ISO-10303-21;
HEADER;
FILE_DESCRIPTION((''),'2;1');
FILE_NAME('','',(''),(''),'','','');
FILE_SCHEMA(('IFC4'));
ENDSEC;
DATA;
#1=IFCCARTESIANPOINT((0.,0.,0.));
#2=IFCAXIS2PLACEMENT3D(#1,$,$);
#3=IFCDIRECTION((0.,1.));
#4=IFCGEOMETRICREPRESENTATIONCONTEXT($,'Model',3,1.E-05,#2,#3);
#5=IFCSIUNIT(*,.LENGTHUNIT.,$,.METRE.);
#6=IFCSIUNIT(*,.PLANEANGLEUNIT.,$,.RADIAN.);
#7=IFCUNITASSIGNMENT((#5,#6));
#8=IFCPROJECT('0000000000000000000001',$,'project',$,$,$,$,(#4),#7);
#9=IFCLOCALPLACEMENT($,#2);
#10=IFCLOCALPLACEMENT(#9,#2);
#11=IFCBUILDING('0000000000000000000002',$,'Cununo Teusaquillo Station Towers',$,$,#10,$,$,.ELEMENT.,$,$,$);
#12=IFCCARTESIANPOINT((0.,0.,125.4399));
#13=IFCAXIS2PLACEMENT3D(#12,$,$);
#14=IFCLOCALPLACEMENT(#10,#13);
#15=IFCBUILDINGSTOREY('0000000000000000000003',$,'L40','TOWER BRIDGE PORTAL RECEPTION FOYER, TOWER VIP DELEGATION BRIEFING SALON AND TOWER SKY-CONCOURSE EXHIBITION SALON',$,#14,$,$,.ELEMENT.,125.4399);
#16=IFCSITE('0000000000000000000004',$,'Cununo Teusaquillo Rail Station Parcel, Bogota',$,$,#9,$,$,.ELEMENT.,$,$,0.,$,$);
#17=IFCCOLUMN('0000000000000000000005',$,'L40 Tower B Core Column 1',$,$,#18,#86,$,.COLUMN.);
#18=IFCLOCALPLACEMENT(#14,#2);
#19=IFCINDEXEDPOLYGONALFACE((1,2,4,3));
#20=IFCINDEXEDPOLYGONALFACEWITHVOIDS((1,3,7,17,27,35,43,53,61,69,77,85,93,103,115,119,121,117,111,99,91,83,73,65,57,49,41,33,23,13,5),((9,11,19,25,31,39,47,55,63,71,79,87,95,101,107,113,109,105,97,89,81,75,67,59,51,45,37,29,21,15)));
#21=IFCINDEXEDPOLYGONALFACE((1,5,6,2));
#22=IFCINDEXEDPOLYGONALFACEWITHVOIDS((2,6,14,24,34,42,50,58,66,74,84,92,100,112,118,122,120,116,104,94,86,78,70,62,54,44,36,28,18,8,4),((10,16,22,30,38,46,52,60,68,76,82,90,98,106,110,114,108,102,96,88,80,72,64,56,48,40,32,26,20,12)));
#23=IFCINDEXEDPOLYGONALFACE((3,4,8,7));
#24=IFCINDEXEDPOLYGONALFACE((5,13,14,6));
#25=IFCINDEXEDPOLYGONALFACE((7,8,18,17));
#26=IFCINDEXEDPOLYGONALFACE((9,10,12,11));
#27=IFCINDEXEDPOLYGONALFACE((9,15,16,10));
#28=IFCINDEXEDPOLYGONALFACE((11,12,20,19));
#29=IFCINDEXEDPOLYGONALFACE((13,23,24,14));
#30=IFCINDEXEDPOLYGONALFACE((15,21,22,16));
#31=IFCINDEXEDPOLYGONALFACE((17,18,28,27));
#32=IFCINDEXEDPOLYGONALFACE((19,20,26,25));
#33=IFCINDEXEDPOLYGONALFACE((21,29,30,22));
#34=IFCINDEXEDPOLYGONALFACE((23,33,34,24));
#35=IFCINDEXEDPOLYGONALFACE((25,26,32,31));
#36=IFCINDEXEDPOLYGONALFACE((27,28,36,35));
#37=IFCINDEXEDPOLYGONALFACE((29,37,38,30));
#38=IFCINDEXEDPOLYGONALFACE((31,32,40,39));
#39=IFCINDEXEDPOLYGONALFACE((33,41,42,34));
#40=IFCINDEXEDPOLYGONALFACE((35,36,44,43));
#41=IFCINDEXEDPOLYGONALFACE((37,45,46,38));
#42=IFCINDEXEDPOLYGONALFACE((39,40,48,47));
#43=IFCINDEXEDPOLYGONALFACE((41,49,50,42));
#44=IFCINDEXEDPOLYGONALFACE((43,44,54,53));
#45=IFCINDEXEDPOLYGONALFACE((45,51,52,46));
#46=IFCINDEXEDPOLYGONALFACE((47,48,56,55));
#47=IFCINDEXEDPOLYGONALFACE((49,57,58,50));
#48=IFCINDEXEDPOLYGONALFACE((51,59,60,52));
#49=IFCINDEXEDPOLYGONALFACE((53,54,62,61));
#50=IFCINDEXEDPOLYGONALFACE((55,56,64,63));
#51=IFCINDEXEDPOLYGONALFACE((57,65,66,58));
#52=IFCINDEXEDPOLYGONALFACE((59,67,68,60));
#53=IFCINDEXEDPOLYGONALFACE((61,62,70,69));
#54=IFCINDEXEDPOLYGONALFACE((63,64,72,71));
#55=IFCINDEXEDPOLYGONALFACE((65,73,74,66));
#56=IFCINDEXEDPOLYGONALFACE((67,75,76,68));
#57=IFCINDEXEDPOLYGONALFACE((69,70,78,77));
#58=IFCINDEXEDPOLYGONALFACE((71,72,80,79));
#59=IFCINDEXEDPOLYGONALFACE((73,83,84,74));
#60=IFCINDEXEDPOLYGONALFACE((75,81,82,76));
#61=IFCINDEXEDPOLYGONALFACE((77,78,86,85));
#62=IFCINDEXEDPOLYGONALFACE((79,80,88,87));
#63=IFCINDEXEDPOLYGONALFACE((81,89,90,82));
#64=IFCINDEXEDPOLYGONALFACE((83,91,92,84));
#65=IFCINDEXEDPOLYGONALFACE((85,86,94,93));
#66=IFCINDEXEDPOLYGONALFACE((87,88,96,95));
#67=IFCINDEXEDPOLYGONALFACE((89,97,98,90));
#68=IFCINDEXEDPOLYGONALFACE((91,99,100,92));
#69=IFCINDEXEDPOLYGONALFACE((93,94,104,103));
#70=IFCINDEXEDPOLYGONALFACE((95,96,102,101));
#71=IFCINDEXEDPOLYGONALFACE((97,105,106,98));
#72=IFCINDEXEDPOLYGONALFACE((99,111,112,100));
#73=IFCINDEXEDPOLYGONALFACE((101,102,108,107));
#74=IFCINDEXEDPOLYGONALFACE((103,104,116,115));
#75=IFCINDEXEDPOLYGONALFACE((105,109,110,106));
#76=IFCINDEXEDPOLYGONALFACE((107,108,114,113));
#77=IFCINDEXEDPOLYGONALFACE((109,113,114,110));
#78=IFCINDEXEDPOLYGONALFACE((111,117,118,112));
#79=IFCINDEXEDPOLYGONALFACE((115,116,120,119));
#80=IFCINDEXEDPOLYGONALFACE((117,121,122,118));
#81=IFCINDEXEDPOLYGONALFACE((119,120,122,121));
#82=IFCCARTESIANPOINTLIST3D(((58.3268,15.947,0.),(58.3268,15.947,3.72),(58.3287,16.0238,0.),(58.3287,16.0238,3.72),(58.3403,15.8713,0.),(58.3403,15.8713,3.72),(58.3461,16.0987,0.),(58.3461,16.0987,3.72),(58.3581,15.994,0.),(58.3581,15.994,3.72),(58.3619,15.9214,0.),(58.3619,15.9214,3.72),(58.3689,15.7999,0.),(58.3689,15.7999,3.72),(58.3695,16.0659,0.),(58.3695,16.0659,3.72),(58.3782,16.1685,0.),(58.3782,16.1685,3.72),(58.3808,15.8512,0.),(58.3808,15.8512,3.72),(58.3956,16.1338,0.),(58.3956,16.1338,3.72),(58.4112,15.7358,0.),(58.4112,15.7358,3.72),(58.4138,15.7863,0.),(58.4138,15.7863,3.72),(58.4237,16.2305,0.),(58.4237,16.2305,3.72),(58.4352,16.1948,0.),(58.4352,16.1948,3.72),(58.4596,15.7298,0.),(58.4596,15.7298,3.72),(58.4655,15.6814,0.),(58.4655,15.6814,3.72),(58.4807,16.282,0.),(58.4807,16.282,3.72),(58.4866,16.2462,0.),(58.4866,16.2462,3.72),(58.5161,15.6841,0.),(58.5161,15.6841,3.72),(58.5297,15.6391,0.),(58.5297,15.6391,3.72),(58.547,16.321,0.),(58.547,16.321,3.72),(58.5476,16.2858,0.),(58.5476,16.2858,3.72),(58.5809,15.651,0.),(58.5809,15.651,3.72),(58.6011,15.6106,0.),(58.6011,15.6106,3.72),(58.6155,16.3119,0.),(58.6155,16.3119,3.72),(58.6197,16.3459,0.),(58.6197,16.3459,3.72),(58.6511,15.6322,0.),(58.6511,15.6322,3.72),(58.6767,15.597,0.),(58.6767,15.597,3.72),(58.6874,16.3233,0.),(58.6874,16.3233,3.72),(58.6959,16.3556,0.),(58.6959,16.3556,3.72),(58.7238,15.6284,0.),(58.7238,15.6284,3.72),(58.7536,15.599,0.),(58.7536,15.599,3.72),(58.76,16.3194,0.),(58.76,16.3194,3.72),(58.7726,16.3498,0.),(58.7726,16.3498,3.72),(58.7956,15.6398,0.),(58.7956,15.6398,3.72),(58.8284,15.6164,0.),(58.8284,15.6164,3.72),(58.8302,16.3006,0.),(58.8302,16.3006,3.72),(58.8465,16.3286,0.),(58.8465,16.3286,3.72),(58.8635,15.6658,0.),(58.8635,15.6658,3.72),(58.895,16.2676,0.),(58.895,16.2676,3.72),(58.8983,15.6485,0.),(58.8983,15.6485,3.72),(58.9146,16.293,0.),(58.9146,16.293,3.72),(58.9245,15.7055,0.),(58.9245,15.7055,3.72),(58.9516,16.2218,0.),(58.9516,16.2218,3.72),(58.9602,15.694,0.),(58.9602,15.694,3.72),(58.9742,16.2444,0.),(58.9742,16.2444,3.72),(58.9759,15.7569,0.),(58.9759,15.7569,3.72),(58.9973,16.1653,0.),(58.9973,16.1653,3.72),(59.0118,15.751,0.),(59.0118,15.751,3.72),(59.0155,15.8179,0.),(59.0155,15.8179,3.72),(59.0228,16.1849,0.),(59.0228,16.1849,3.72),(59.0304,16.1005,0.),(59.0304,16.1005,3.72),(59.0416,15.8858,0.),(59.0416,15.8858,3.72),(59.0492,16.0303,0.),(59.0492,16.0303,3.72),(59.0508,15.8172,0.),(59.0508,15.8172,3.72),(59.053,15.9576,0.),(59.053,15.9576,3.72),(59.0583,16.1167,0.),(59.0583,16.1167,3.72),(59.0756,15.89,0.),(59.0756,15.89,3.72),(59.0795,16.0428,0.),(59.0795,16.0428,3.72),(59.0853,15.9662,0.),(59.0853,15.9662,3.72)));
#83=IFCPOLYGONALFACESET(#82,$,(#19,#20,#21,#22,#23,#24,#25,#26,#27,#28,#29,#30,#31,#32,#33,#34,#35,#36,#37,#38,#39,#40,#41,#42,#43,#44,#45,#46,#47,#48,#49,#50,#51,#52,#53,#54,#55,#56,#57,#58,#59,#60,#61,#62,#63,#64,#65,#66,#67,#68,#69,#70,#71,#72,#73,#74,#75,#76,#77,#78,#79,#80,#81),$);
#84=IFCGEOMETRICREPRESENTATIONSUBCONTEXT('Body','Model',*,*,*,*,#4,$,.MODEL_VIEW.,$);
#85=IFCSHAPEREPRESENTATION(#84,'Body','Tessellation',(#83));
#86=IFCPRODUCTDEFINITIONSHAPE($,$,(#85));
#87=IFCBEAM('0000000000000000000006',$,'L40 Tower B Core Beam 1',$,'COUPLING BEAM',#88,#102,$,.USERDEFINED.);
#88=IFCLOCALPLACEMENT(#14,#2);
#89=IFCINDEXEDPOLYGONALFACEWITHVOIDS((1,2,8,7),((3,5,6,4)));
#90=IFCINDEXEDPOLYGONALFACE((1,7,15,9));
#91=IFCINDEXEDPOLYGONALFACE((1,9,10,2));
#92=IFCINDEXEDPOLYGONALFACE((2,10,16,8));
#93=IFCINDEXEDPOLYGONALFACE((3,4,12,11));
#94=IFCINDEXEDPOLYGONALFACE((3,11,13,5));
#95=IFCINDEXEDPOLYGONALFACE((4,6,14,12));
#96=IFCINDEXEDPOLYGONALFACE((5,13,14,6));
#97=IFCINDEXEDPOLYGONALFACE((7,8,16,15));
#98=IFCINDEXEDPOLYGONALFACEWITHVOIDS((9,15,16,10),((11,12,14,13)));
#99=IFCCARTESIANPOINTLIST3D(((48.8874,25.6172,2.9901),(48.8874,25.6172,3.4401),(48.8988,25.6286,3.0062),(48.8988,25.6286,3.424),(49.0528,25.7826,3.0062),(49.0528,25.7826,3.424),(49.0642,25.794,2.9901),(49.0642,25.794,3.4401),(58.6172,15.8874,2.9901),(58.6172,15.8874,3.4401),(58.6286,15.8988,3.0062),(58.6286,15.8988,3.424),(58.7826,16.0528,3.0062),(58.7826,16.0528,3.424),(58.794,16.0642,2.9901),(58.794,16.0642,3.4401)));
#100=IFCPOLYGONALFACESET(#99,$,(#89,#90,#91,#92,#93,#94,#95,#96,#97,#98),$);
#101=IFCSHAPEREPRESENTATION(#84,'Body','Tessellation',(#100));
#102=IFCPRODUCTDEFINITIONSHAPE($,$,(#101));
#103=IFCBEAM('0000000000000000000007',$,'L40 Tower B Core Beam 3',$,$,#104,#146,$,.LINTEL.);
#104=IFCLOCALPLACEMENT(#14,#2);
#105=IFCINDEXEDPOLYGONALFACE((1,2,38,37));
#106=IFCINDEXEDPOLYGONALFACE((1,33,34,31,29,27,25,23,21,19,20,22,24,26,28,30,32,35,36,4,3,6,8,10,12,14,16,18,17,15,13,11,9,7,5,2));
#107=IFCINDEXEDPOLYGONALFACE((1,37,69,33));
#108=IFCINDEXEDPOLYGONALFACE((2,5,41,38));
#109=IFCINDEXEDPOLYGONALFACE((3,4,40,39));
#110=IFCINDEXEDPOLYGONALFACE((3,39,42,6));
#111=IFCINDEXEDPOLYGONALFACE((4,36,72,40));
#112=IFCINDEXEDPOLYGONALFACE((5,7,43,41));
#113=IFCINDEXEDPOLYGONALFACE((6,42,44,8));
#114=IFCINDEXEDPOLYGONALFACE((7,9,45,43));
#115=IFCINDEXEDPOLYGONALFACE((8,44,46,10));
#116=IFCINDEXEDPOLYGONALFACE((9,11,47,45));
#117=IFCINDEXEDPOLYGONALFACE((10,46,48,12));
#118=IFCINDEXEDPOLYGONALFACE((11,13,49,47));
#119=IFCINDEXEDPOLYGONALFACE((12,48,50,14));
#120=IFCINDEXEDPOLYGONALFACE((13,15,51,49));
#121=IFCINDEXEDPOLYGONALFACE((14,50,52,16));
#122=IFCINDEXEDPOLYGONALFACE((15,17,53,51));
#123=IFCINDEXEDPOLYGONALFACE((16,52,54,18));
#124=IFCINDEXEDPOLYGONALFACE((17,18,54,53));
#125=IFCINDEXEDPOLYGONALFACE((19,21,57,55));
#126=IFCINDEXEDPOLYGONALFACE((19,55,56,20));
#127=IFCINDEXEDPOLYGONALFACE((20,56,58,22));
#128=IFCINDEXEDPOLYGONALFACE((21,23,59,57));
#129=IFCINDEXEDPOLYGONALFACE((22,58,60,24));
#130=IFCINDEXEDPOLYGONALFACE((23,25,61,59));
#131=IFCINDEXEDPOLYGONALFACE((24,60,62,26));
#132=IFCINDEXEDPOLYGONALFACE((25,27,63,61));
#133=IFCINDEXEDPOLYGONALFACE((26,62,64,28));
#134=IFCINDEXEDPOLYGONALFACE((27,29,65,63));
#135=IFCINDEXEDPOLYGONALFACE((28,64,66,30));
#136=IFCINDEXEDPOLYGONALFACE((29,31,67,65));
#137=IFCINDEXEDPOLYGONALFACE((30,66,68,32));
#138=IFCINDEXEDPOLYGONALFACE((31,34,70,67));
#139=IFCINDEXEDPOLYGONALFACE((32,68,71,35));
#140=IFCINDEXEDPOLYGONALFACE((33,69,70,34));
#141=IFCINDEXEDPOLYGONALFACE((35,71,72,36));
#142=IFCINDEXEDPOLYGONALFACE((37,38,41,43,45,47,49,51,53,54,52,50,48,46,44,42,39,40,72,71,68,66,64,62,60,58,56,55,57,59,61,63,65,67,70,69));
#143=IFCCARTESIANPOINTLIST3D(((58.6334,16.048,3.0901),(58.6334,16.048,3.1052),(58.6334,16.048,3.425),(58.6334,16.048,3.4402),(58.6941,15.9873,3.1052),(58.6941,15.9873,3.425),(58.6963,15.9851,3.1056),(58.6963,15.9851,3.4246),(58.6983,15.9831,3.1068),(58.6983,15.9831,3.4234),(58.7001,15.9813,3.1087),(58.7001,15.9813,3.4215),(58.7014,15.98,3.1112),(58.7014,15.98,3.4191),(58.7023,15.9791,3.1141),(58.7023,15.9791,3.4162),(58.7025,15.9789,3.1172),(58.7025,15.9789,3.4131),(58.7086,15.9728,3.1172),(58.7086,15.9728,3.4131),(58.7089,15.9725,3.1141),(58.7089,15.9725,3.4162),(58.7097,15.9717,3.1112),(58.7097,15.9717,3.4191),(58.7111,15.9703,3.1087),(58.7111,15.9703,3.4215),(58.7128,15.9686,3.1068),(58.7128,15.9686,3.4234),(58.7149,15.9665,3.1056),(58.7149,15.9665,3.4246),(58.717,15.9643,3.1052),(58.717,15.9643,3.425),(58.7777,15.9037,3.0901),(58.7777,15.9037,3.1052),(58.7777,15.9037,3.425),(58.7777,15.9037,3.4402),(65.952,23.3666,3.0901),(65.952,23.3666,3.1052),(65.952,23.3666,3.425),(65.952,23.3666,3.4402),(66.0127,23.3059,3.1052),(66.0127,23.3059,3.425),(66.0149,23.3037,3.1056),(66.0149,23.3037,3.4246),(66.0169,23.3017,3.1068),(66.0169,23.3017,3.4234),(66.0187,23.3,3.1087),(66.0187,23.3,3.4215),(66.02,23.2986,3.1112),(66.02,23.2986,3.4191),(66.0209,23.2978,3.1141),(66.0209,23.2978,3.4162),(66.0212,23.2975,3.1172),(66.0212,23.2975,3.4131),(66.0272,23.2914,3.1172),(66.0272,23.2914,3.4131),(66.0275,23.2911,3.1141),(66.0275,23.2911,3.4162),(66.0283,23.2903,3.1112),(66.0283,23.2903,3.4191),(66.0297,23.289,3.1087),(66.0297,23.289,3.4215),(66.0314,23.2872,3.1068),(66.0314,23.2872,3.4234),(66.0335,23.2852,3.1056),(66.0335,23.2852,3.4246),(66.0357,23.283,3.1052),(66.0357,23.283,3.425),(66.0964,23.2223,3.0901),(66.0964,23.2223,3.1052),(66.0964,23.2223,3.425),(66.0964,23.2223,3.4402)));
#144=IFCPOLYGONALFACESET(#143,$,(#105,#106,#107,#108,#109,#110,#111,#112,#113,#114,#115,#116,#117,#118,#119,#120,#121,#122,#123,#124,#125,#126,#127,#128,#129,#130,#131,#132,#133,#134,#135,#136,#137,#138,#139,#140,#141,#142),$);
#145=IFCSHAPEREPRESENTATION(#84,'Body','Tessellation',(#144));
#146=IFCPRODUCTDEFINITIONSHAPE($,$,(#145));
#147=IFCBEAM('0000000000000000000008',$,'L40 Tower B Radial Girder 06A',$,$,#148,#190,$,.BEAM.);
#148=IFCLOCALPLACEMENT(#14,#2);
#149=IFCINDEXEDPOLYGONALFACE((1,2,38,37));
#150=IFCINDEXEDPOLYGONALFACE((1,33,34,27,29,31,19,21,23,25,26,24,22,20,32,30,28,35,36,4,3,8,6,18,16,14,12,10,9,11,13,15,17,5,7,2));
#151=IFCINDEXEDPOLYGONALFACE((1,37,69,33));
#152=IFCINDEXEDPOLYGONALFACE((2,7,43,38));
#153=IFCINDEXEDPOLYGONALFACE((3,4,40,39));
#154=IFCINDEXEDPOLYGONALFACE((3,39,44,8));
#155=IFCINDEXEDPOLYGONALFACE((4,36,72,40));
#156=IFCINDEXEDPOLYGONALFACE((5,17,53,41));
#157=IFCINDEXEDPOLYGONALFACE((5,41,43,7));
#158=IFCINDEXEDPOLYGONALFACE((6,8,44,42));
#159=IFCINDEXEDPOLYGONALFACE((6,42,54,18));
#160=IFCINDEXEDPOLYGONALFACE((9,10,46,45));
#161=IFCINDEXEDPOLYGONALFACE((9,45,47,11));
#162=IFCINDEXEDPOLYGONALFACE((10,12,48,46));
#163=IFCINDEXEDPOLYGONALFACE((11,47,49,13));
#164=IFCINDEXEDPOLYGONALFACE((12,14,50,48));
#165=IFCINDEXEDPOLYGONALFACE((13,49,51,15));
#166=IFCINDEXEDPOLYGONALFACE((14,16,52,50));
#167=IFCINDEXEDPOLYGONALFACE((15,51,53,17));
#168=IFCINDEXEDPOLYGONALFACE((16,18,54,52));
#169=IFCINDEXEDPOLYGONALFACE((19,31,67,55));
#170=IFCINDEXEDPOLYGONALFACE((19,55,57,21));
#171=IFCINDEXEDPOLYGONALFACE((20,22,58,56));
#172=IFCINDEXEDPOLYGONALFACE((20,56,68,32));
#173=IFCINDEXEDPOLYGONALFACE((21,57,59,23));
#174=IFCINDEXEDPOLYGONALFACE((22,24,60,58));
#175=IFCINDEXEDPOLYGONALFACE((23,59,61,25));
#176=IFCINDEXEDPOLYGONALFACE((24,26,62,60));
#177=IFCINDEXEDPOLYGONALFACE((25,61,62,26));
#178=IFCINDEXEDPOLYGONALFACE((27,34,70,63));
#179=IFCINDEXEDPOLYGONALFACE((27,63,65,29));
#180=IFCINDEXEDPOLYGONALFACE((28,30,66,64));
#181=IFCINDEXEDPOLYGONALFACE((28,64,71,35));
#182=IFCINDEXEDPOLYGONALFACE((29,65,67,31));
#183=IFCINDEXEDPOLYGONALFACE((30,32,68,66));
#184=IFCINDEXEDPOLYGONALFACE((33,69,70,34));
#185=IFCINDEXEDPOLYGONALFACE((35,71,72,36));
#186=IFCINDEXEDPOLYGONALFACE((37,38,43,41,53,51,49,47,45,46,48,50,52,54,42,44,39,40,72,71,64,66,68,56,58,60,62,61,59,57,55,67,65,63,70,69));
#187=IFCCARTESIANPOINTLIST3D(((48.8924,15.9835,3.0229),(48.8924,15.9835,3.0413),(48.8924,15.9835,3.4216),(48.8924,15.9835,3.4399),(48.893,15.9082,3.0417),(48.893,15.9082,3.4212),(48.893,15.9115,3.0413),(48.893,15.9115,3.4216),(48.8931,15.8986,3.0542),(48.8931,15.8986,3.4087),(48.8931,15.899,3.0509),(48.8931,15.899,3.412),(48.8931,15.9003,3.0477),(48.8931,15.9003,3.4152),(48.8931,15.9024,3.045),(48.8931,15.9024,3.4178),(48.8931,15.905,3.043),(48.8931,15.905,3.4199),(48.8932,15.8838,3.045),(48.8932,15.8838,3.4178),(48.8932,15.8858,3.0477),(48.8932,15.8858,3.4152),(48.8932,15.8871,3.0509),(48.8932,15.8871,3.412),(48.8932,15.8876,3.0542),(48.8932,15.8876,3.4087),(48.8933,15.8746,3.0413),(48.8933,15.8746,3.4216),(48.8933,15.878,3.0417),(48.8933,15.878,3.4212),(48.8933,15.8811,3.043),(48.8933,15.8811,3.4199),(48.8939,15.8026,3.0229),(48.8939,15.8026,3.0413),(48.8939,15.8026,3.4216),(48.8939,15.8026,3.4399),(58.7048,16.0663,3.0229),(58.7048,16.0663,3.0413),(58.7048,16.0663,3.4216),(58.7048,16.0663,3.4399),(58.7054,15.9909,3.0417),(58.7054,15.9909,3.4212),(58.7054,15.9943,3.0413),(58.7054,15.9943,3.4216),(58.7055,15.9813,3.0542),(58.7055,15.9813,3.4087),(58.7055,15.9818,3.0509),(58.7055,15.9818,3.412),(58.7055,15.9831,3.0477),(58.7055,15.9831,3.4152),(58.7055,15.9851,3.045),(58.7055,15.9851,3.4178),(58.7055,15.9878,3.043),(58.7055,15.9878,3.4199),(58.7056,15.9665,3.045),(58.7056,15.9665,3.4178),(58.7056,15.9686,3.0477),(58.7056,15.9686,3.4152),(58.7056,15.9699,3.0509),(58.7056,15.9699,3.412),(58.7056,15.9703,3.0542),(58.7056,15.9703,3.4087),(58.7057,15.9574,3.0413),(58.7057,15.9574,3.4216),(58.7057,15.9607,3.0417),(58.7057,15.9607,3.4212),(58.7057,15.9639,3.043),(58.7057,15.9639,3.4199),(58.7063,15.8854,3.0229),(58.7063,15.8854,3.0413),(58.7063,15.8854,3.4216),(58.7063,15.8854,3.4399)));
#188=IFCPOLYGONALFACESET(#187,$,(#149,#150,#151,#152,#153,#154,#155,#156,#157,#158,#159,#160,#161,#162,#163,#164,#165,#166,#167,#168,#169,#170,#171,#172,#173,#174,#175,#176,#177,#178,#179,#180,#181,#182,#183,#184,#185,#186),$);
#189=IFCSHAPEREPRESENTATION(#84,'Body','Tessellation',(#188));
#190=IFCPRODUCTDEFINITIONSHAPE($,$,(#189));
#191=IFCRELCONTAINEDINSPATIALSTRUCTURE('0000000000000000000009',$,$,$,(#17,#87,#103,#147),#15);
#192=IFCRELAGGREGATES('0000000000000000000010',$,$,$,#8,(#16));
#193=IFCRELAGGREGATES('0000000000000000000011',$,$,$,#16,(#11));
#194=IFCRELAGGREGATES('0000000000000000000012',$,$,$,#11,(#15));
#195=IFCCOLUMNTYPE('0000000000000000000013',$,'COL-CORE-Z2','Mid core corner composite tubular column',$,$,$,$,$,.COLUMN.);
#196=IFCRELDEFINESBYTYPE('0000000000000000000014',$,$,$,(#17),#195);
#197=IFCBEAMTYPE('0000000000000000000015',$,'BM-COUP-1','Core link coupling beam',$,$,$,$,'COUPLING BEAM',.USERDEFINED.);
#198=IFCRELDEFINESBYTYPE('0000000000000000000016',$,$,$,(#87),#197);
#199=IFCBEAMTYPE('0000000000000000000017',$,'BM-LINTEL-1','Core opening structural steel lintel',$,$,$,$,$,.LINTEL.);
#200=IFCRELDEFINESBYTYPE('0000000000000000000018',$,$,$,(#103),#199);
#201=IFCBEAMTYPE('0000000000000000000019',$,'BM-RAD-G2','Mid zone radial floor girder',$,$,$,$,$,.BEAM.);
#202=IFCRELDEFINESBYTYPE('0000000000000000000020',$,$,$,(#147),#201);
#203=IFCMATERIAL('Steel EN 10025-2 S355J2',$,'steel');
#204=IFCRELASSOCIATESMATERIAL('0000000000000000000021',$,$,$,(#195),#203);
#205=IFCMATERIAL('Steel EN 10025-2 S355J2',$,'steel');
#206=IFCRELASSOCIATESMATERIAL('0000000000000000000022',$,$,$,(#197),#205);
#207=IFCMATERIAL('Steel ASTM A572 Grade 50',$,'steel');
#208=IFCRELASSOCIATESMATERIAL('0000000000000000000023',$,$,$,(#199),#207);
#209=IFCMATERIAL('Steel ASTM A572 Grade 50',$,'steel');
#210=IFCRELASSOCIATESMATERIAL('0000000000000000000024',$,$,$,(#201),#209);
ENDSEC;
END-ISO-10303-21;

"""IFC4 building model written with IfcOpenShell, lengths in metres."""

from ifc_helpers import new_model, si_unit, direction, frame, origin, origin_2d, place, context, subcontext, project, spatial, hollow_rectangle, hollow_circle, i_section, extrude, material, material_profile, profile_set, type_object, element, save


model = new_model("IFC4")

# Units and contexts
model_context = context("Model", 3, precision=1e-05, world=origin(), true_north=direction((0.0, 1.0)))
body_context = subcontext(model_context, "Body", "Model", "MODEL_VIEW")
ifc_project = project(units=[si_unit("LENGTHUNIT", "METRE"), si_unit("PLANEANGLEUNIT", "RADIAN")], contexts=[model_context])

# Site, building, storey
site_placement = place(None, origin())
site = spatial("IfcSite", under=ifc_project, at=site_placement, Name="Cununo Teusaquillo Rail Station Parcel, Bogota", CompositionType="ELEMENT", RefElevation=0.0)
building_placement = place(site_placement, origin())
building = spatial("IfcBuilding", under=site, at=building_placement, Name="Cununo Teusaquillo Station Towers", CompositionType="ELEMENT")
storey_placement = place(building_placement, frame((0.0, 0.0, 125.4399)))
storey = spatial("IfcBuildingStorey", under=building, at=storey_placement, Name="L40", Description="TOWER BRIDGE PORTAL RECEPTION FOYER, TOWER VIP DELEGATION BRIEFING SALON AND TOWER SKY-CONCOURSE EXHIBITION SALON", CompositionType="ELEMENT", Elevation=125.4399)

# Column
ifc_material_1 = material(Name="Steel EN 10025-2 S355J2", Category="steel")
ifc_material_profile_1 = material_profile(ifc_material_1, hollow_circle(Radius=0.3799, WallThickness=0.032, at=origin_2d()), Name="CHS 760x32")
ifc_profile_set_1 = profile_set([ifc_material_profile_1], Name="Steel EN 10025-2 S355J2")
column_type = type_object("IfcColumnType", Name="COL-CORE-Z2", Description="Mid core corner composite tubular column", PredefinedType="COLUMN", material=ifc_profile_set_1)
column_placement = place(storey_placement, frame((58.7056, 15.9758, 0.0), z_axis=(0.0, 0.0, 1.0), x_axis=(0.707107, 0.707107, 0.0)))
element("IfcColumn", 1, at=column_placement, inside=storey, type_object=column_type, Name="L40 Tower B Core Column 1", PredefinedType="COLUMN", context=body_context, shape_type="SweptSolid", body=[
    extrude(hollow_circle(Radius=0.3799, WallThickness=0.032, at=origin_2d()), origin(), (0.0, 0.0, 1.0), 3.72),
])

# Beams
ifc_material_2 = material(Name="Steel EN 10025-2 S355J2", Category="steel")
ifc_material_profile_2 = material_profile(ifc_material_2, hollow_rectangle(XDim=0.25, YDim=0.45, WallThickness=0.0161, at=origin_2d()), Name="RHS 450x250x16")
ifc_profile_set_2 = profile_set([ifc_material_profile_2], Name="Steel EN 10025-2 S355J2")
beam_type_1 = type_object("IfcBeamType", Name="BM-COUP-1", Description="Core link coupling beam", ElementType="COUPLING BEAM", PredefinedType="USERDEFINED", material=ifc_profile_set_2)
beam_1_placement = place(storey_placement, frame((58.7056, 15.9758, 3.2151), z_axis=(-0.707107, 0.707107, 0.0), x_axis=(-0.707107, -0.707107, 0.0)))
element("IfcBeam", 2, at=beam_1_placement, inside=storey, type_object=beam_type_1, Name="L40 Tower B Core Beam 1", ObjectType="COUPLING BEAM", PredefinedType="USERDEFINED", context=body_context, shape_type="SweptSolid", body=[
    extrude(hollow_rectangle(XDim=0.25, YDim=0.45, WallThickness=0.0161, at=origin_2d()), origin(), (0.0, 0.0, 1.0), 13.76),
])
ifc_material_3 = material(Name="Steel ASTM A572 Grade 50", Category="steel")
ifc_material_profile_3 = material_profile(ifc_material_3, i_section(OverallWidth=0.2041, OverallDepth=0.3501, WebThickness=0.0085, FlangeThickness=0.0151, FilletRadius=0.012, at=origin_2d()), Name="W14X48")
ifc_profile_set_3 = profile_set([ifc_material_profile_3], Name="Steel ASTM A572 Grade 50")
beam_type_2 = type_object("IfcBeamType", Name="BM-LINTEL-1", Description="Core opening structural steel lintel", PredefinedType="LINTEL", material=ifc_profile_set_3)
beam_2_placement = place(storey_placement, frame((58.7056, 15.9758, 3.2651), z_axis=(0.707107, 0.707107, 0.0), x_axis=(-0.707107, 0.707107, 0.0)))
element("IfcBeam", 3, at=beam_2_placement, inside=storey, type_object=beam_type_2, Name="L40 Tower B Core Beam 3", PredefinedType="LINTEL", context=body_context, shape_type="SweptSolid", body=[
    extrude(i_section(OverallWidth=0.2041, OverallDepth=0.3501, WebThickness=0.0085, FlangeThickness=0.0151, FilletRadius=0.012, at=origin_2d()), origin(), (0.0, 0.0, 1.0), 10.3501),
])
ifc_material_4 = material(Name="Steel ASTM A572 Grade 50", Category="steel")
ifc_material_profile_4 = material_profile(ifc_material_4, i_section(OverallWidth=0.1809, OverallDepth=0.417, WebThickness=0.011, FlangeThickness=0.0183, FilletRadius=0.0129, at=origin_2d()), Name="W16X57")
ifc_profile_set_4 = profile_set([ifc_material_profile_4], Name="Steel ASTM A572 Grade 50")
beam_type_3 = type_object("IfcBeamType", Name="BM-RAD-G2", Description="Mid zone radial floor girder", PredefinedType="BEAM", material=ifc_profile_set_4)
beam_3_placement = place(storey_placement, frame((58.7056, 15.9758, 3.2314), z_axis=(-0.999964, -0.008434, 0.0), x_axis=(0.008434, -0.999964, 0.0)))
element("IfcBeam", 4, at=beam_3_placement, inside=storey, type_object=beam_type_3, Name="L40 Tower B Radial Girder 06A", PredefinedType="BEAM", context=body_context, shape_type="SweptSolid", body=[
    extrude(i_section(OverallWidth=0.1809, OverallDepth=0.417, WebThickness=0.011, FlangeThickness=0.0183, FilletRadius=0.0129, at=origin_2d()), origin(), (0.0, 0.0, 1.0), 9.8127),
])

save(model, "model.ifc")
